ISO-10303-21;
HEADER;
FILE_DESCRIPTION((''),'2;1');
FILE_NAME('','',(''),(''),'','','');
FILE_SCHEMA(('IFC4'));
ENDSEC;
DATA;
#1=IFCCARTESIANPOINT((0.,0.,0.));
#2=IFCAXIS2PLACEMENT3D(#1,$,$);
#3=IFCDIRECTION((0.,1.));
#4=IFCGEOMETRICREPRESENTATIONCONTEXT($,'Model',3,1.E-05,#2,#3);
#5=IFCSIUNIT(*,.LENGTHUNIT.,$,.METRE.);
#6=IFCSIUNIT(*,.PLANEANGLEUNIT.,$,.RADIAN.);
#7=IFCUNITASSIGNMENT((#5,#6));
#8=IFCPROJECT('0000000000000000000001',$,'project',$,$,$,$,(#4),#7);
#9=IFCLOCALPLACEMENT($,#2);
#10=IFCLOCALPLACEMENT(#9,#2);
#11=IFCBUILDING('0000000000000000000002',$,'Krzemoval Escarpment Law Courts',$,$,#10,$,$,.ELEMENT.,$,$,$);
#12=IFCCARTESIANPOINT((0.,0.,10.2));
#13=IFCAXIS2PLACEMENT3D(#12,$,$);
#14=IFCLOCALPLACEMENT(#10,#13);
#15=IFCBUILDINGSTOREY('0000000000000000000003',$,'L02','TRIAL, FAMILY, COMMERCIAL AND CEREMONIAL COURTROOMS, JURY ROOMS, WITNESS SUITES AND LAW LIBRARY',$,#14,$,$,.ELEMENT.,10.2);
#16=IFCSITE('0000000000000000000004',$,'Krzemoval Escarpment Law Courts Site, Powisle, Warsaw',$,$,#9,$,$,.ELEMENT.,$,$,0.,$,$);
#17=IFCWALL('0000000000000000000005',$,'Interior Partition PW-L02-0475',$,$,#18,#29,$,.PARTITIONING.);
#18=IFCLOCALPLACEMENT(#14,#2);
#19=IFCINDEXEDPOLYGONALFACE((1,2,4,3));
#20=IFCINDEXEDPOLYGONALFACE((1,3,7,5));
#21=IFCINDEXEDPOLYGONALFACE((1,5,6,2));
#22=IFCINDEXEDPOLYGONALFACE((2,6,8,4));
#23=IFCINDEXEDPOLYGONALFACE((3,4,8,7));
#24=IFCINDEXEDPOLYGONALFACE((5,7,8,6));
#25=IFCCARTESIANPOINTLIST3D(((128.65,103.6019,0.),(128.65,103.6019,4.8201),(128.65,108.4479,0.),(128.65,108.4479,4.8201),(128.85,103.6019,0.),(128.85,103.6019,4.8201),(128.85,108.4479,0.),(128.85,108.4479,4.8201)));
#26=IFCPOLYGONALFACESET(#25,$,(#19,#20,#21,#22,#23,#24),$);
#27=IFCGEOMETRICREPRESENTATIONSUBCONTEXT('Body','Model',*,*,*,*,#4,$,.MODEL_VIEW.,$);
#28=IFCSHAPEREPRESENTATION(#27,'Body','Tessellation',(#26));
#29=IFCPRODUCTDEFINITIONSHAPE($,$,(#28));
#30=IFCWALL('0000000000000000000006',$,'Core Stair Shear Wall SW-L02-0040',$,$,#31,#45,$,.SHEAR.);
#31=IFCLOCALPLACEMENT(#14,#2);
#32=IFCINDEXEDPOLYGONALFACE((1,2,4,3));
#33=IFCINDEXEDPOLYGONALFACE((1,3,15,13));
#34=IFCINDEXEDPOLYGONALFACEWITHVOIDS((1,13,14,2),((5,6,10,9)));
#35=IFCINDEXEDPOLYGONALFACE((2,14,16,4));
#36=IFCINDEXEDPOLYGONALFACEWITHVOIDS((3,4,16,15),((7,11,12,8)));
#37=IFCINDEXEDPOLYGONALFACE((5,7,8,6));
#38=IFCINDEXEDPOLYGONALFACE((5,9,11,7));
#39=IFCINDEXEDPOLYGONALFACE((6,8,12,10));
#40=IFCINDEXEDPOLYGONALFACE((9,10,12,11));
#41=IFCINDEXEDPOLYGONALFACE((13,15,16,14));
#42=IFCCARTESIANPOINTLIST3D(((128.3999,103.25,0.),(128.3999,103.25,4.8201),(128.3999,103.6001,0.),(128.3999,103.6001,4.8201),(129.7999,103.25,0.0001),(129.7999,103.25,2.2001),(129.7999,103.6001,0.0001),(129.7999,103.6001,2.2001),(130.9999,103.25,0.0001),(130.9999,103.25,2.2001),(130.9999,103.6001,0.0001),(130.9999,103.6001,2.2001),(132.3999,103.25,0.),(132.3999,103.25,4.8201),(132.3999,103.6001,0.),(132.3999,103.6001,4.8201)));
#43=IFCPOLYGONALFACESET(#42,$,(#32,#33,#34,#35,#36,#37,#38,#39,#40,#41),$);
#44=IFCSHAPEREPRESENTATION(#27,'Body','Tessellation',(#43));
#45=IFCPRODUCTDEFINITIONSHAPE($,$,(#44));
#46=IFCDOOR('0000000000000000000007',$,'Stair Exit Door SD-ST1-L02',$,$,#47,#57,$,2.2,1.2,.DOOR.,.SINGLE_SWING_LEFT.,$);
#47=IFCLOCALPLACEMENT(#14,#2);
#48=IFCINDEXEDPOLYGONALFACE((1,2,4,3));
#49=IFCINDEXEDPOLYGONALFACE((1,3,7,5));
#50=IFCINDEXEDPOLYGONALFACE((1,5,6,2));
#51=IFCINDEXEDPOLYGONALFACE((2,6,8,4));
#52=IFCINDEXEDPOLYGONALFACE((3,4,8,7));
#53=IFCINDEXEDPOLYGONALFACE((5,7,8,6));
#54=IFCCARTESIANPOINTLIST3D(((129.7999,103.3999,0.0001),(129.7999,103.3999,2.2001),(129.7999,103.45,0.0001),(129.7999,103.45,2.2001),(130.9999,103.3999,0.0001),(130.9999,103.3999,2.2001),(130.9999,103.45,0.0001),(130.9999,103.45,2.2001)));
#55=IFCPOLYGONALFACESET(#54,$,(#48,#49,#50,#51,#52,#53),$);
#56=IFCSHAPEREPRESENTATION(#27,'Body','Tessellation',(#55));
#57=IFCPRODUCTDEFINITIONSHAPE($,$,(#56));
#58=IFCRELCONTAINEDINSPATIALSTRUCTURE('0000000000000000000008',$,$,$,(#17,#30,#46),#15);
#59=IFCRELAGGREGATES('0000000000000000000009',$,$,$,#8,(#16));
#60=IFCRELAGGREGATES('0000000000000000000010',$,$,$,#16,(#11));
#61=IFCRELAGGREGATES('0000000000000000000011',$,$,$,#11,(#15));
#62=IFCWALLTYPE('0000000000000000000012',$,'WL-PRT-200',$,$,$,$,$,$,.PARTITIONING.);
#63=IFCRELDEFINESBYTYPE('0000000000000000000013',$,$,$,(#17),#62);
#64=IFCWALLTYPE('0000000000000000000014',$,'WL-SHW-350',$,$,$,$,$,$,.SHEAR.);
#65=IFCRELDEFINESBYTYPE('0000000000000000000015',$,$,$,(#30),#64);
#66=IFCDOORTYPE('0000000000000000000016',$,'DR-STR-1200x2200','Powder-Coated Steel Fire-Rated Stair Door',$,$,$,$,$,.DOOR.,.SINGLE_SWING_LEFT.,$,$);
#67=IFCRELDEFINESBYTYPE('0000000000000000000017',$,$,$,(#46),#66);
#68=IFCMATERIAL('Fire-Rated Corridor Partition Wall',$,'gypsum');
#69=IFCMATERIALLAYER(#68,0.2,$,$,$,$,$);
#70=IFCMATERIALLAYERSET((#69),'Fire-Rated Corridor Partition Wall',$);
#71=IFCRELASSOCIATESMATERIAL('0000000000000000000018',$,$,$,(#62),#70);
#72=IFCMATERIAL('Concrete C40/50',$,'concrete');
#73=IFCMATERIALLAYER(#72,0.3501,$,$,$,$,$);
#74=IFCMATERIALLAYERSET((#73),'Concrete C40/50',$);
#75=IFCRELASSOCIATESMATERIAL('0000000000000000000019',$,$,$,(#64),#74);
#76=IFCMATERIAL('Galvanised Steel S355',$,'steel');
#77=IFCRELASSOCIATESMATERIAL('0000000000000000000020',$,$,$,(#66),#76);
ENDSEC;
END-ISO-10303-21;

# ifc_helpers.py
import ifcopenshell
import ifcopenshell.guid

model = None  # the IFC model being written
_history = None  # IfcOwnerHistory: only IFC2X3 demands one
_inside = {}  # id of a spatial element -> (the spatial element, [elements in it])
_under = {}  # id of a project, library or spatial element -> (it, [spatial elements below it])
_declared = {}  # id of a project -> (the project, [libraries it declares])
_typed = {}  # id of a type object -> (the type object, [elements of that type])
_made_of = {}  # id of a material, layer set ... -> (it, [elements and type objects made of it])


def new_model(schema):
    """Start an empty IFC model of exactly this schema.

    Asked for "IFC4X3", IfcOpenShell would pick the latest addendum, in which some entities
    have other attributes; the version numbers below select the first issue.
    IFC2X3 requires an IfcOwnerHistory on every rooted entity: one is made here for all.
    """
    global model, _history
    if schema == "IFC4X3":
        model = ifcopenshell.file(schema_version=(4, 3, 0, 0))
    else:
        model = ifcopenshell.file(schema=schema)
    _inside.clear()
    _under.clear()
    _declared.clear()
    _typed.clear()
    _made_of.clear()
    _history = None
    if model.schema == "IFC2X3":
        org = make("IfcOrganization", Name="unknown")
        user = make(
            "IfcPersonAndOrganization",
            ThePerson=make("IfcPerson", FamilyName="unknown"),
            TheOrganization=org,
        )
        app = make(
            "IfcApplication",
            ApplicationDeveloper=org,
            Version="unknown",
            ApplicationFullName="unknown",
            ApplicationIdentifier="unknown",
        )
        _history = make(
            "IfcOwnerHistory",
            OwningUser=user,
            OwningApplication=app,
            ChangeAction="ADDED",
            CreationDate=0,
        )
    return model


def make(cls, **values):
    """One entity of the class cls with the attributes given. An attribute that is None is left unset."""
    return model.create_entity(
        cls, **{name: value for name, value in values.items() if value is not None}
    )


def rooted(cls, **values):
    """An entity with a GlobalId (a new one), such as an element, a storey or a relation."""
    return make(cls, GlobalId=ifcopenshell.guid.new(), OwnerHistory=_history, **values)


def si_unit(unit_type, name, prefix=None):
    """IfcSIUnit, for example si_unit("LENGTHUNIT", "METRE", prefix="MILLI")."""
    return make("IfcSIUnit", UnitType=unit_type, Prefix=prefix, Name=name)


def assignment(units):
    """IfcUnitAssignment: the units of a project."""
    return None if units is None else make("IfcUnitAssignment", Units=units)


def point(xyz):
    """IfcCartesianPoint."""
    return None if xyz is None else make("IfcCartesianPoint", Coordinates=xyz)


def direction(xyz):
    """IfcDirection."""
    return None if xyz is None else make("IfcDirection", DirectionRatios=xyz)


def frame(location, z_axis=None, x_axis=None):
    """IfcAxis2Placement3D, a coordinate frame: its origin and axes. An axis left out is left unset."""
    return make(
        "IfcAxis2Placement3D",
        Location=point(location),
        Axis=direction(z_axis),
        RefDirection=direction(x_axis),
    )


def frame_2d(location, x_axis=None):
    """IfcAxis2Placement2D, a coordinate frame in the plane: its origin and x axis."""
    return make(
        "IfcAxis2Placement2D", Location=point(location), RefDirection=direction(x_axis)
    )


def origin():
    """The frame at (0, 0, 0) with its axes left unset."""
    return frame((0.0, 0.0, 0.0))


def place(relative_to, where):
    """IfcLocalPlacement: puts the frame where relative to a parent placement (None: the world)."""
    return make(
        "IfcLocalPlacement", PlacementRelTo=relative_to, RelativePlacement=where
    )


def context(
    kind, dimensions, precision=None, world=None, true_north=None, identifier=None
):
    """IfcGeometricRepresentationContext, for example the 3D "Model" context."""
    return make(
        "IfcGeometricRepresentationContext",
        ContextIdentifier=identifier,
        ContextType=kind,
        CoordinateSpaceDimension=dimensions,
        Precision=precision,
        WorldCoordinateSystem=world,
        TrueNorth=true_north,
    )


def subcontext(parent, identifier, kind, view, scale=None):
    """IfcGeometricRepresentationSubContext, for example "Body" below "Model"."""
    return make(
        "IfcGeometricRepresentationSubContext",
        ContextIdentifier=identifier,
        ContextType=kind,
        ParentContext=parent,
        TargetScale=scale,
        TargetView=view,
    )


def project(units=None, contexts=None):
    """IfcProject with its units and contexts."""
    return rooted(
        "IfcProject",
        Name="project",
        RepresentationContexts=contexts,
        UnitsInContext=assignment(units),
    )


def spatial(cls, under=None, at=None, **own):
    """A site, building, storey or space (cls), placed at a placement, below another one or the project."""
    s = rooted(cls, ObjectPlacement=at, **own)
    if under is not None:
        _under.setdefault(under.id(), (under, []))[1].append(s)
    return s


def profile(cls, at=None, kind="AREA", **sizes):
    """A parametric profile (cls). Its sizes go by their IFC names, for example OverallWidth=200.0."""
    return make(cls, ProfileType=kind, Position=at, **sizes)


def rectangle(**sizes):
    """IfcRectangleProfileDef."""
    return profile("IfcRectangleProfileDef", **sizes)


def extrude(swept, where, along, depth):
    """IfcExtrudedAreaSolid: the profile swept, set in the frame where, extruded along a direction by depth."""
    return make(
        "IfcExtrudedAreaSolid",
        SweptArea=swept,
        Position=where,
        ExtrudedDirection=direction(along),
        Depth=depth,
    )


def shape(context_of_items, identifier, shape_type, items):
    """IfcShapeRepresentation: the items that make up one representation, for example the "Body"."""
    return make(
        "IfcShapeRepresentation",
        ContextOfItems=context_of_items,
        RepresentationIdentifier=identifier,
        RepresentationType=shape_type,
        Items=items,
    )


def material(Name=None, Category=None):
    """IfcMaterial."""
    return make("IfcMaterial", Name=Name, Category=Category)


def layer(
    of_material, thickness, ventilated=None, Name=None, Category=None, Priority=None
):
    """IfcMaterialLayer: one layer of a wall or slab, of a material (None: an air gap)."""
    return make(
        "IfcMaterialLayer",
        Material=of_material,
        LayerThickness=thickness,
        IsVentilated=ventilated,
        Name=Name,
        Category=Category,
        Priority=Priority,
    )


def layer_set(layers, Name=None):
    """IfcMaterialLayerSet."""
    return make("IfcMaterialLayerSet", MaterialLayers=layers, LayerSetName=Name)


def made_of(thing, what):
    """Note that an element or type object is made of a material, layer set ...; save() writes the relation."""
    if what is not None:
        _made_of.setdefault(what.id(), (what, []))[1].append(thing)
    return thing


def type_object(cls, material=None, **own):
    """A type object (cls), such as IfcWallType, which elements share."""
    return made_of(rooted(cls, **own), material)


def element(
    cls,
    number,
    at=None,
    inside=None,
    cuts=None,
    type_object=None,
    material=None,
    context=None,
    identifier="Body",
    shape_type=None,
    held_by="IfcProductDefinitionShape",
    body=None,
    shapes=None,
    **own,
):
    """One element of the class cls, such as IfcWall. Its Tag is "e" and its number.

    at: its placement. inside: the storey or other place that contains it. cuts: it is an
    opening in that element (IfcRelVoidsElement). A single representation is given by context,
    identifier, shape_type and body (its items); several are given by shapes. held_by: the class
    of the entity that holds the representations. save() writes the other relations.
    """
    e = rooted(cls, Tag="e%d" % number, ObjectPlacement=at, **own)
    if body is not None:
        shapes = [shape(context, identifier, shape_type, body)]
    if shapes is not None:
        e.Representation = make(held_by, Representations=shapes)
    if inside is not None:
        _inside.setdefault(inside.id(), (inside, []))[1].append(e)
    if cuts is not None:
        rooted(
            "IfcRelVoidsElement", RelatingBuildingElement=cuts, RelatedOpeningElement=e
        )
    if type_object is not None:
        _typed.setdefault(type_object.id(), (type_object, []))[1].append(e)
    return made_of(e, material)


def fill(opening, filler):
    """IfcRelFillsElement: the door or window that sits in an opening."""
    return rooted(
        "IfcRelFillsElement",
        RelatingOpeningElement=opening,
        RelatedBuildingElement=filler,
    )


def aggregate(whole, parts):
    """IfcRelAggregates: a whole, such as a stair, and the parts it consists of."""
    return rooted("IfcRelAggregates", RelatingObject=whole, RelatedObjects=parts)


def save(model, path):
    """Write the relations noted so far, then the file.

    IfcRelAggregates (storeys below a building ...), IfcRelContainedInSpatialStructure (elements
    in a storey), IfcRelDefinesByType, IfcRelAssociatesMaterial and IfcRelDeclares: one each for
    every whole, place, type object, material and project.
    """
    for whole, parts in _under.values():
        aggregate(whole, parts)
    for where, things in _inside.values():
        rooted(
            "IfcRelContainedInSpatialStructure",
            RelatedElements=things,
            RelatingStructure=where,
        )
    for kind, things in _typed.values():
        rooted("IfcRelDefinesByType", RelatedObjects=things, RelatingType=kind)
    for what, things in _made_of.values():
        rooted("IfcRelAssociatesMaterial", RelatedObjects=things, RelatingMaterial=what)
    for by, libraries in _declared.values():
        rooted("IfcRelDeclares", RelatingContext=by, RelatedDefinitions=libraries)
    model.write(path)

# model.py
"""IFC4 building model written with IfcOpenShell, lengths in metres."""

from ifc_helpers import new_model, si_unit, direction, frame, frame_2d, origin, place, context, subcontext, project, spatial, rectangle, extrude, material, layer, layer_set, type_object, element, fill, save


model = new_model("IFC4")

# Units and contexts
model_context = context("Model", 3, precision=1e-05, world=origin(), true_north=direction((0.0, 1.0)))
body_context = subcontext(model_context, "Body", "Model", "MODEL_VIEW")
ifc_project = project(units=[si_unit("LENGTHUNIT", "METRE"), si_unit("PLANEANGLEUNIT", "RADIAN")], contexts=[model_context])

# Site, building, storey
site_placement = place(None, origin())
site = spatial("IfcSite", under=ifc_project, at=site_placement, Name="Krzemoval Escarpment Law Courts Site, Powisle, Warsaw", CompositionType="ELEMENT", RefElevation=0.0)
building_placement = place(site_placement, origin())
building = spatial("IfcBuilding", under=site, at=building_placement, Name="Krzemoval Escarpment Law Courts", CompositionType="ELEMENT")
storey_placement = place(building_placement, frame((0.0, 0.0, 10.2)))
storey = spatial("IfcBuildingStorey", under=building, at=storey_placement, Name="L02", Description="TRIAL, FAMILY, COMMERCIAL AND CEREMONIAL COURTROOMS, JURY ROOMS, WITNESS SUITES AND LAW LIBRARY", CompositionType="ELEMENT", Elevation=10.2)

# Shared definitions
ifc_material_1 = material(Name="Fire-Rated Corridor Partition Wall", Category="gypsum")
ifc_layer_1 = layer(ifc_material_1, 0.2)
ifc_layer_set_1 = layer_set([ifc_layer_1], Name="Fire-Rated Corridor Partition Wall")
wall_type_1 = type_object("IfcWallType", Name="WL-PRT-200", PredefinedType="PARTITIONING", material=ifc_layer_set_1)

# Wall
wall_1_placement = place(storey_placement, frame((128.75, 103.6021, 0.0), z_axis=(0.0, 0.0, 1.0), x_axis=(0.0, 1.0, 0.0)))
element("IfcWall", 1, at=wall_1_placement, inside=storey, type_object=wall_type_1, Name="Interior Partition PW-L02-0475", PredefinedType="PARTITIONING", context=body_context, shape_type="SweptSolid", body=[
    extrude(rectangle(XDim=4.8459, YDim=0.2, at=frame_2d((2.4229, 0.0))), origin(), (0.0, 0.0, 1.0), 4.8201),
])

# Wall, opening, door
ifc_material_2 = material(Name="Concrete C40/50", Category="concrete")
ifc_layer_2 = layer(ifc_material_2, 0.3501)
ifc_layer_set_2 = layer_set([ifc_layer_2], Name="Concrete C40/50")
wall_type_2 = type_object("IfcWallType", Name="WL-SHW-350", PredefinedType="SHEAR", material=ifc_layer_set_2)
wall_2_placement = place(storey_placement, frame((128.3999, 103.425, 0.0), z_axis=(0.0, 0.0, 1.0), x_axis=(1.0, 0.0, 0.0)))
wall_2 = element("IfcWall", 2, at=wall_2_placement, inside=storey, type_object=wall_type_2, Name="Core Stair Shear Wall SW-L02-0040", PredefinedType="SHEAR", context=body_context, shape_type="SweptSolid", body=[
    extrude(rectangle(XDim=4.0, YDim=0.3501, at=frame_2d((2.0, 0.0))), origin(), (0.0, 0.0, 1.0), 4.8201),
])
opening_1_placement = place(wall_2_placement, frame((1.3999, 0.0, 0.0)))
opening_1 = element("IfcOpeningElement", 3, at=opening_1_placement, cuts=wall_2, PredefinedType="OPENING", context=body_context, shape_type="SweptSolid", body=[
    extrude(rectangle(XDim=1.2, YDim=2.2, at=frame_2d((0.6001, 1.1001))), frame((0.0, 0.19, 0.0), z_axis=(0.0, -1.0, 0.0), x_axis=(1.0, 0.0, 0.0)), (0.0, 0.0, 1.0), 0.3801),
])
ifc_material_3 = material(Name="Galvanised Steel S355", Category="steel")
door_type_1 = type_object("IfcDoorType", Name="DR-STR-1200x2200", Description="Powder-Coated Steel Fire-Rated Stair Door", OperationType="SINGLE_SWING_LEFT", PredefinedType="DOOR", material=ifc_material_3)
door_1_placement = place(opening_1_placement, origin())
door_1 = element("IfcDoor", 4, at=door_1_placement, inside=storey, type_object=door_type_1, Name="Stair Exit Door SD-ST1-L02", OperationType="SINGLE_SWING_LEFT", OverallHeight=2.2, OverallWidth=1.2, PredefinedType="DOOR", context=body_context, shape_type="SweptSolid", body=[
    extrude(rectangle(XDim=1.2, YDim=2.2, at=frame_2d((0.6001, 1.1001))), frame((0.0, 0.0249, 0.0), z_axis=(0.0, -1.0, 0.0), x_axis=(1.0, 0.0, 0.0)), (0.0, 0.0, 1.0), 0.05),
])
fill(opening_1, door_1)

save(model, "model.ifc")
